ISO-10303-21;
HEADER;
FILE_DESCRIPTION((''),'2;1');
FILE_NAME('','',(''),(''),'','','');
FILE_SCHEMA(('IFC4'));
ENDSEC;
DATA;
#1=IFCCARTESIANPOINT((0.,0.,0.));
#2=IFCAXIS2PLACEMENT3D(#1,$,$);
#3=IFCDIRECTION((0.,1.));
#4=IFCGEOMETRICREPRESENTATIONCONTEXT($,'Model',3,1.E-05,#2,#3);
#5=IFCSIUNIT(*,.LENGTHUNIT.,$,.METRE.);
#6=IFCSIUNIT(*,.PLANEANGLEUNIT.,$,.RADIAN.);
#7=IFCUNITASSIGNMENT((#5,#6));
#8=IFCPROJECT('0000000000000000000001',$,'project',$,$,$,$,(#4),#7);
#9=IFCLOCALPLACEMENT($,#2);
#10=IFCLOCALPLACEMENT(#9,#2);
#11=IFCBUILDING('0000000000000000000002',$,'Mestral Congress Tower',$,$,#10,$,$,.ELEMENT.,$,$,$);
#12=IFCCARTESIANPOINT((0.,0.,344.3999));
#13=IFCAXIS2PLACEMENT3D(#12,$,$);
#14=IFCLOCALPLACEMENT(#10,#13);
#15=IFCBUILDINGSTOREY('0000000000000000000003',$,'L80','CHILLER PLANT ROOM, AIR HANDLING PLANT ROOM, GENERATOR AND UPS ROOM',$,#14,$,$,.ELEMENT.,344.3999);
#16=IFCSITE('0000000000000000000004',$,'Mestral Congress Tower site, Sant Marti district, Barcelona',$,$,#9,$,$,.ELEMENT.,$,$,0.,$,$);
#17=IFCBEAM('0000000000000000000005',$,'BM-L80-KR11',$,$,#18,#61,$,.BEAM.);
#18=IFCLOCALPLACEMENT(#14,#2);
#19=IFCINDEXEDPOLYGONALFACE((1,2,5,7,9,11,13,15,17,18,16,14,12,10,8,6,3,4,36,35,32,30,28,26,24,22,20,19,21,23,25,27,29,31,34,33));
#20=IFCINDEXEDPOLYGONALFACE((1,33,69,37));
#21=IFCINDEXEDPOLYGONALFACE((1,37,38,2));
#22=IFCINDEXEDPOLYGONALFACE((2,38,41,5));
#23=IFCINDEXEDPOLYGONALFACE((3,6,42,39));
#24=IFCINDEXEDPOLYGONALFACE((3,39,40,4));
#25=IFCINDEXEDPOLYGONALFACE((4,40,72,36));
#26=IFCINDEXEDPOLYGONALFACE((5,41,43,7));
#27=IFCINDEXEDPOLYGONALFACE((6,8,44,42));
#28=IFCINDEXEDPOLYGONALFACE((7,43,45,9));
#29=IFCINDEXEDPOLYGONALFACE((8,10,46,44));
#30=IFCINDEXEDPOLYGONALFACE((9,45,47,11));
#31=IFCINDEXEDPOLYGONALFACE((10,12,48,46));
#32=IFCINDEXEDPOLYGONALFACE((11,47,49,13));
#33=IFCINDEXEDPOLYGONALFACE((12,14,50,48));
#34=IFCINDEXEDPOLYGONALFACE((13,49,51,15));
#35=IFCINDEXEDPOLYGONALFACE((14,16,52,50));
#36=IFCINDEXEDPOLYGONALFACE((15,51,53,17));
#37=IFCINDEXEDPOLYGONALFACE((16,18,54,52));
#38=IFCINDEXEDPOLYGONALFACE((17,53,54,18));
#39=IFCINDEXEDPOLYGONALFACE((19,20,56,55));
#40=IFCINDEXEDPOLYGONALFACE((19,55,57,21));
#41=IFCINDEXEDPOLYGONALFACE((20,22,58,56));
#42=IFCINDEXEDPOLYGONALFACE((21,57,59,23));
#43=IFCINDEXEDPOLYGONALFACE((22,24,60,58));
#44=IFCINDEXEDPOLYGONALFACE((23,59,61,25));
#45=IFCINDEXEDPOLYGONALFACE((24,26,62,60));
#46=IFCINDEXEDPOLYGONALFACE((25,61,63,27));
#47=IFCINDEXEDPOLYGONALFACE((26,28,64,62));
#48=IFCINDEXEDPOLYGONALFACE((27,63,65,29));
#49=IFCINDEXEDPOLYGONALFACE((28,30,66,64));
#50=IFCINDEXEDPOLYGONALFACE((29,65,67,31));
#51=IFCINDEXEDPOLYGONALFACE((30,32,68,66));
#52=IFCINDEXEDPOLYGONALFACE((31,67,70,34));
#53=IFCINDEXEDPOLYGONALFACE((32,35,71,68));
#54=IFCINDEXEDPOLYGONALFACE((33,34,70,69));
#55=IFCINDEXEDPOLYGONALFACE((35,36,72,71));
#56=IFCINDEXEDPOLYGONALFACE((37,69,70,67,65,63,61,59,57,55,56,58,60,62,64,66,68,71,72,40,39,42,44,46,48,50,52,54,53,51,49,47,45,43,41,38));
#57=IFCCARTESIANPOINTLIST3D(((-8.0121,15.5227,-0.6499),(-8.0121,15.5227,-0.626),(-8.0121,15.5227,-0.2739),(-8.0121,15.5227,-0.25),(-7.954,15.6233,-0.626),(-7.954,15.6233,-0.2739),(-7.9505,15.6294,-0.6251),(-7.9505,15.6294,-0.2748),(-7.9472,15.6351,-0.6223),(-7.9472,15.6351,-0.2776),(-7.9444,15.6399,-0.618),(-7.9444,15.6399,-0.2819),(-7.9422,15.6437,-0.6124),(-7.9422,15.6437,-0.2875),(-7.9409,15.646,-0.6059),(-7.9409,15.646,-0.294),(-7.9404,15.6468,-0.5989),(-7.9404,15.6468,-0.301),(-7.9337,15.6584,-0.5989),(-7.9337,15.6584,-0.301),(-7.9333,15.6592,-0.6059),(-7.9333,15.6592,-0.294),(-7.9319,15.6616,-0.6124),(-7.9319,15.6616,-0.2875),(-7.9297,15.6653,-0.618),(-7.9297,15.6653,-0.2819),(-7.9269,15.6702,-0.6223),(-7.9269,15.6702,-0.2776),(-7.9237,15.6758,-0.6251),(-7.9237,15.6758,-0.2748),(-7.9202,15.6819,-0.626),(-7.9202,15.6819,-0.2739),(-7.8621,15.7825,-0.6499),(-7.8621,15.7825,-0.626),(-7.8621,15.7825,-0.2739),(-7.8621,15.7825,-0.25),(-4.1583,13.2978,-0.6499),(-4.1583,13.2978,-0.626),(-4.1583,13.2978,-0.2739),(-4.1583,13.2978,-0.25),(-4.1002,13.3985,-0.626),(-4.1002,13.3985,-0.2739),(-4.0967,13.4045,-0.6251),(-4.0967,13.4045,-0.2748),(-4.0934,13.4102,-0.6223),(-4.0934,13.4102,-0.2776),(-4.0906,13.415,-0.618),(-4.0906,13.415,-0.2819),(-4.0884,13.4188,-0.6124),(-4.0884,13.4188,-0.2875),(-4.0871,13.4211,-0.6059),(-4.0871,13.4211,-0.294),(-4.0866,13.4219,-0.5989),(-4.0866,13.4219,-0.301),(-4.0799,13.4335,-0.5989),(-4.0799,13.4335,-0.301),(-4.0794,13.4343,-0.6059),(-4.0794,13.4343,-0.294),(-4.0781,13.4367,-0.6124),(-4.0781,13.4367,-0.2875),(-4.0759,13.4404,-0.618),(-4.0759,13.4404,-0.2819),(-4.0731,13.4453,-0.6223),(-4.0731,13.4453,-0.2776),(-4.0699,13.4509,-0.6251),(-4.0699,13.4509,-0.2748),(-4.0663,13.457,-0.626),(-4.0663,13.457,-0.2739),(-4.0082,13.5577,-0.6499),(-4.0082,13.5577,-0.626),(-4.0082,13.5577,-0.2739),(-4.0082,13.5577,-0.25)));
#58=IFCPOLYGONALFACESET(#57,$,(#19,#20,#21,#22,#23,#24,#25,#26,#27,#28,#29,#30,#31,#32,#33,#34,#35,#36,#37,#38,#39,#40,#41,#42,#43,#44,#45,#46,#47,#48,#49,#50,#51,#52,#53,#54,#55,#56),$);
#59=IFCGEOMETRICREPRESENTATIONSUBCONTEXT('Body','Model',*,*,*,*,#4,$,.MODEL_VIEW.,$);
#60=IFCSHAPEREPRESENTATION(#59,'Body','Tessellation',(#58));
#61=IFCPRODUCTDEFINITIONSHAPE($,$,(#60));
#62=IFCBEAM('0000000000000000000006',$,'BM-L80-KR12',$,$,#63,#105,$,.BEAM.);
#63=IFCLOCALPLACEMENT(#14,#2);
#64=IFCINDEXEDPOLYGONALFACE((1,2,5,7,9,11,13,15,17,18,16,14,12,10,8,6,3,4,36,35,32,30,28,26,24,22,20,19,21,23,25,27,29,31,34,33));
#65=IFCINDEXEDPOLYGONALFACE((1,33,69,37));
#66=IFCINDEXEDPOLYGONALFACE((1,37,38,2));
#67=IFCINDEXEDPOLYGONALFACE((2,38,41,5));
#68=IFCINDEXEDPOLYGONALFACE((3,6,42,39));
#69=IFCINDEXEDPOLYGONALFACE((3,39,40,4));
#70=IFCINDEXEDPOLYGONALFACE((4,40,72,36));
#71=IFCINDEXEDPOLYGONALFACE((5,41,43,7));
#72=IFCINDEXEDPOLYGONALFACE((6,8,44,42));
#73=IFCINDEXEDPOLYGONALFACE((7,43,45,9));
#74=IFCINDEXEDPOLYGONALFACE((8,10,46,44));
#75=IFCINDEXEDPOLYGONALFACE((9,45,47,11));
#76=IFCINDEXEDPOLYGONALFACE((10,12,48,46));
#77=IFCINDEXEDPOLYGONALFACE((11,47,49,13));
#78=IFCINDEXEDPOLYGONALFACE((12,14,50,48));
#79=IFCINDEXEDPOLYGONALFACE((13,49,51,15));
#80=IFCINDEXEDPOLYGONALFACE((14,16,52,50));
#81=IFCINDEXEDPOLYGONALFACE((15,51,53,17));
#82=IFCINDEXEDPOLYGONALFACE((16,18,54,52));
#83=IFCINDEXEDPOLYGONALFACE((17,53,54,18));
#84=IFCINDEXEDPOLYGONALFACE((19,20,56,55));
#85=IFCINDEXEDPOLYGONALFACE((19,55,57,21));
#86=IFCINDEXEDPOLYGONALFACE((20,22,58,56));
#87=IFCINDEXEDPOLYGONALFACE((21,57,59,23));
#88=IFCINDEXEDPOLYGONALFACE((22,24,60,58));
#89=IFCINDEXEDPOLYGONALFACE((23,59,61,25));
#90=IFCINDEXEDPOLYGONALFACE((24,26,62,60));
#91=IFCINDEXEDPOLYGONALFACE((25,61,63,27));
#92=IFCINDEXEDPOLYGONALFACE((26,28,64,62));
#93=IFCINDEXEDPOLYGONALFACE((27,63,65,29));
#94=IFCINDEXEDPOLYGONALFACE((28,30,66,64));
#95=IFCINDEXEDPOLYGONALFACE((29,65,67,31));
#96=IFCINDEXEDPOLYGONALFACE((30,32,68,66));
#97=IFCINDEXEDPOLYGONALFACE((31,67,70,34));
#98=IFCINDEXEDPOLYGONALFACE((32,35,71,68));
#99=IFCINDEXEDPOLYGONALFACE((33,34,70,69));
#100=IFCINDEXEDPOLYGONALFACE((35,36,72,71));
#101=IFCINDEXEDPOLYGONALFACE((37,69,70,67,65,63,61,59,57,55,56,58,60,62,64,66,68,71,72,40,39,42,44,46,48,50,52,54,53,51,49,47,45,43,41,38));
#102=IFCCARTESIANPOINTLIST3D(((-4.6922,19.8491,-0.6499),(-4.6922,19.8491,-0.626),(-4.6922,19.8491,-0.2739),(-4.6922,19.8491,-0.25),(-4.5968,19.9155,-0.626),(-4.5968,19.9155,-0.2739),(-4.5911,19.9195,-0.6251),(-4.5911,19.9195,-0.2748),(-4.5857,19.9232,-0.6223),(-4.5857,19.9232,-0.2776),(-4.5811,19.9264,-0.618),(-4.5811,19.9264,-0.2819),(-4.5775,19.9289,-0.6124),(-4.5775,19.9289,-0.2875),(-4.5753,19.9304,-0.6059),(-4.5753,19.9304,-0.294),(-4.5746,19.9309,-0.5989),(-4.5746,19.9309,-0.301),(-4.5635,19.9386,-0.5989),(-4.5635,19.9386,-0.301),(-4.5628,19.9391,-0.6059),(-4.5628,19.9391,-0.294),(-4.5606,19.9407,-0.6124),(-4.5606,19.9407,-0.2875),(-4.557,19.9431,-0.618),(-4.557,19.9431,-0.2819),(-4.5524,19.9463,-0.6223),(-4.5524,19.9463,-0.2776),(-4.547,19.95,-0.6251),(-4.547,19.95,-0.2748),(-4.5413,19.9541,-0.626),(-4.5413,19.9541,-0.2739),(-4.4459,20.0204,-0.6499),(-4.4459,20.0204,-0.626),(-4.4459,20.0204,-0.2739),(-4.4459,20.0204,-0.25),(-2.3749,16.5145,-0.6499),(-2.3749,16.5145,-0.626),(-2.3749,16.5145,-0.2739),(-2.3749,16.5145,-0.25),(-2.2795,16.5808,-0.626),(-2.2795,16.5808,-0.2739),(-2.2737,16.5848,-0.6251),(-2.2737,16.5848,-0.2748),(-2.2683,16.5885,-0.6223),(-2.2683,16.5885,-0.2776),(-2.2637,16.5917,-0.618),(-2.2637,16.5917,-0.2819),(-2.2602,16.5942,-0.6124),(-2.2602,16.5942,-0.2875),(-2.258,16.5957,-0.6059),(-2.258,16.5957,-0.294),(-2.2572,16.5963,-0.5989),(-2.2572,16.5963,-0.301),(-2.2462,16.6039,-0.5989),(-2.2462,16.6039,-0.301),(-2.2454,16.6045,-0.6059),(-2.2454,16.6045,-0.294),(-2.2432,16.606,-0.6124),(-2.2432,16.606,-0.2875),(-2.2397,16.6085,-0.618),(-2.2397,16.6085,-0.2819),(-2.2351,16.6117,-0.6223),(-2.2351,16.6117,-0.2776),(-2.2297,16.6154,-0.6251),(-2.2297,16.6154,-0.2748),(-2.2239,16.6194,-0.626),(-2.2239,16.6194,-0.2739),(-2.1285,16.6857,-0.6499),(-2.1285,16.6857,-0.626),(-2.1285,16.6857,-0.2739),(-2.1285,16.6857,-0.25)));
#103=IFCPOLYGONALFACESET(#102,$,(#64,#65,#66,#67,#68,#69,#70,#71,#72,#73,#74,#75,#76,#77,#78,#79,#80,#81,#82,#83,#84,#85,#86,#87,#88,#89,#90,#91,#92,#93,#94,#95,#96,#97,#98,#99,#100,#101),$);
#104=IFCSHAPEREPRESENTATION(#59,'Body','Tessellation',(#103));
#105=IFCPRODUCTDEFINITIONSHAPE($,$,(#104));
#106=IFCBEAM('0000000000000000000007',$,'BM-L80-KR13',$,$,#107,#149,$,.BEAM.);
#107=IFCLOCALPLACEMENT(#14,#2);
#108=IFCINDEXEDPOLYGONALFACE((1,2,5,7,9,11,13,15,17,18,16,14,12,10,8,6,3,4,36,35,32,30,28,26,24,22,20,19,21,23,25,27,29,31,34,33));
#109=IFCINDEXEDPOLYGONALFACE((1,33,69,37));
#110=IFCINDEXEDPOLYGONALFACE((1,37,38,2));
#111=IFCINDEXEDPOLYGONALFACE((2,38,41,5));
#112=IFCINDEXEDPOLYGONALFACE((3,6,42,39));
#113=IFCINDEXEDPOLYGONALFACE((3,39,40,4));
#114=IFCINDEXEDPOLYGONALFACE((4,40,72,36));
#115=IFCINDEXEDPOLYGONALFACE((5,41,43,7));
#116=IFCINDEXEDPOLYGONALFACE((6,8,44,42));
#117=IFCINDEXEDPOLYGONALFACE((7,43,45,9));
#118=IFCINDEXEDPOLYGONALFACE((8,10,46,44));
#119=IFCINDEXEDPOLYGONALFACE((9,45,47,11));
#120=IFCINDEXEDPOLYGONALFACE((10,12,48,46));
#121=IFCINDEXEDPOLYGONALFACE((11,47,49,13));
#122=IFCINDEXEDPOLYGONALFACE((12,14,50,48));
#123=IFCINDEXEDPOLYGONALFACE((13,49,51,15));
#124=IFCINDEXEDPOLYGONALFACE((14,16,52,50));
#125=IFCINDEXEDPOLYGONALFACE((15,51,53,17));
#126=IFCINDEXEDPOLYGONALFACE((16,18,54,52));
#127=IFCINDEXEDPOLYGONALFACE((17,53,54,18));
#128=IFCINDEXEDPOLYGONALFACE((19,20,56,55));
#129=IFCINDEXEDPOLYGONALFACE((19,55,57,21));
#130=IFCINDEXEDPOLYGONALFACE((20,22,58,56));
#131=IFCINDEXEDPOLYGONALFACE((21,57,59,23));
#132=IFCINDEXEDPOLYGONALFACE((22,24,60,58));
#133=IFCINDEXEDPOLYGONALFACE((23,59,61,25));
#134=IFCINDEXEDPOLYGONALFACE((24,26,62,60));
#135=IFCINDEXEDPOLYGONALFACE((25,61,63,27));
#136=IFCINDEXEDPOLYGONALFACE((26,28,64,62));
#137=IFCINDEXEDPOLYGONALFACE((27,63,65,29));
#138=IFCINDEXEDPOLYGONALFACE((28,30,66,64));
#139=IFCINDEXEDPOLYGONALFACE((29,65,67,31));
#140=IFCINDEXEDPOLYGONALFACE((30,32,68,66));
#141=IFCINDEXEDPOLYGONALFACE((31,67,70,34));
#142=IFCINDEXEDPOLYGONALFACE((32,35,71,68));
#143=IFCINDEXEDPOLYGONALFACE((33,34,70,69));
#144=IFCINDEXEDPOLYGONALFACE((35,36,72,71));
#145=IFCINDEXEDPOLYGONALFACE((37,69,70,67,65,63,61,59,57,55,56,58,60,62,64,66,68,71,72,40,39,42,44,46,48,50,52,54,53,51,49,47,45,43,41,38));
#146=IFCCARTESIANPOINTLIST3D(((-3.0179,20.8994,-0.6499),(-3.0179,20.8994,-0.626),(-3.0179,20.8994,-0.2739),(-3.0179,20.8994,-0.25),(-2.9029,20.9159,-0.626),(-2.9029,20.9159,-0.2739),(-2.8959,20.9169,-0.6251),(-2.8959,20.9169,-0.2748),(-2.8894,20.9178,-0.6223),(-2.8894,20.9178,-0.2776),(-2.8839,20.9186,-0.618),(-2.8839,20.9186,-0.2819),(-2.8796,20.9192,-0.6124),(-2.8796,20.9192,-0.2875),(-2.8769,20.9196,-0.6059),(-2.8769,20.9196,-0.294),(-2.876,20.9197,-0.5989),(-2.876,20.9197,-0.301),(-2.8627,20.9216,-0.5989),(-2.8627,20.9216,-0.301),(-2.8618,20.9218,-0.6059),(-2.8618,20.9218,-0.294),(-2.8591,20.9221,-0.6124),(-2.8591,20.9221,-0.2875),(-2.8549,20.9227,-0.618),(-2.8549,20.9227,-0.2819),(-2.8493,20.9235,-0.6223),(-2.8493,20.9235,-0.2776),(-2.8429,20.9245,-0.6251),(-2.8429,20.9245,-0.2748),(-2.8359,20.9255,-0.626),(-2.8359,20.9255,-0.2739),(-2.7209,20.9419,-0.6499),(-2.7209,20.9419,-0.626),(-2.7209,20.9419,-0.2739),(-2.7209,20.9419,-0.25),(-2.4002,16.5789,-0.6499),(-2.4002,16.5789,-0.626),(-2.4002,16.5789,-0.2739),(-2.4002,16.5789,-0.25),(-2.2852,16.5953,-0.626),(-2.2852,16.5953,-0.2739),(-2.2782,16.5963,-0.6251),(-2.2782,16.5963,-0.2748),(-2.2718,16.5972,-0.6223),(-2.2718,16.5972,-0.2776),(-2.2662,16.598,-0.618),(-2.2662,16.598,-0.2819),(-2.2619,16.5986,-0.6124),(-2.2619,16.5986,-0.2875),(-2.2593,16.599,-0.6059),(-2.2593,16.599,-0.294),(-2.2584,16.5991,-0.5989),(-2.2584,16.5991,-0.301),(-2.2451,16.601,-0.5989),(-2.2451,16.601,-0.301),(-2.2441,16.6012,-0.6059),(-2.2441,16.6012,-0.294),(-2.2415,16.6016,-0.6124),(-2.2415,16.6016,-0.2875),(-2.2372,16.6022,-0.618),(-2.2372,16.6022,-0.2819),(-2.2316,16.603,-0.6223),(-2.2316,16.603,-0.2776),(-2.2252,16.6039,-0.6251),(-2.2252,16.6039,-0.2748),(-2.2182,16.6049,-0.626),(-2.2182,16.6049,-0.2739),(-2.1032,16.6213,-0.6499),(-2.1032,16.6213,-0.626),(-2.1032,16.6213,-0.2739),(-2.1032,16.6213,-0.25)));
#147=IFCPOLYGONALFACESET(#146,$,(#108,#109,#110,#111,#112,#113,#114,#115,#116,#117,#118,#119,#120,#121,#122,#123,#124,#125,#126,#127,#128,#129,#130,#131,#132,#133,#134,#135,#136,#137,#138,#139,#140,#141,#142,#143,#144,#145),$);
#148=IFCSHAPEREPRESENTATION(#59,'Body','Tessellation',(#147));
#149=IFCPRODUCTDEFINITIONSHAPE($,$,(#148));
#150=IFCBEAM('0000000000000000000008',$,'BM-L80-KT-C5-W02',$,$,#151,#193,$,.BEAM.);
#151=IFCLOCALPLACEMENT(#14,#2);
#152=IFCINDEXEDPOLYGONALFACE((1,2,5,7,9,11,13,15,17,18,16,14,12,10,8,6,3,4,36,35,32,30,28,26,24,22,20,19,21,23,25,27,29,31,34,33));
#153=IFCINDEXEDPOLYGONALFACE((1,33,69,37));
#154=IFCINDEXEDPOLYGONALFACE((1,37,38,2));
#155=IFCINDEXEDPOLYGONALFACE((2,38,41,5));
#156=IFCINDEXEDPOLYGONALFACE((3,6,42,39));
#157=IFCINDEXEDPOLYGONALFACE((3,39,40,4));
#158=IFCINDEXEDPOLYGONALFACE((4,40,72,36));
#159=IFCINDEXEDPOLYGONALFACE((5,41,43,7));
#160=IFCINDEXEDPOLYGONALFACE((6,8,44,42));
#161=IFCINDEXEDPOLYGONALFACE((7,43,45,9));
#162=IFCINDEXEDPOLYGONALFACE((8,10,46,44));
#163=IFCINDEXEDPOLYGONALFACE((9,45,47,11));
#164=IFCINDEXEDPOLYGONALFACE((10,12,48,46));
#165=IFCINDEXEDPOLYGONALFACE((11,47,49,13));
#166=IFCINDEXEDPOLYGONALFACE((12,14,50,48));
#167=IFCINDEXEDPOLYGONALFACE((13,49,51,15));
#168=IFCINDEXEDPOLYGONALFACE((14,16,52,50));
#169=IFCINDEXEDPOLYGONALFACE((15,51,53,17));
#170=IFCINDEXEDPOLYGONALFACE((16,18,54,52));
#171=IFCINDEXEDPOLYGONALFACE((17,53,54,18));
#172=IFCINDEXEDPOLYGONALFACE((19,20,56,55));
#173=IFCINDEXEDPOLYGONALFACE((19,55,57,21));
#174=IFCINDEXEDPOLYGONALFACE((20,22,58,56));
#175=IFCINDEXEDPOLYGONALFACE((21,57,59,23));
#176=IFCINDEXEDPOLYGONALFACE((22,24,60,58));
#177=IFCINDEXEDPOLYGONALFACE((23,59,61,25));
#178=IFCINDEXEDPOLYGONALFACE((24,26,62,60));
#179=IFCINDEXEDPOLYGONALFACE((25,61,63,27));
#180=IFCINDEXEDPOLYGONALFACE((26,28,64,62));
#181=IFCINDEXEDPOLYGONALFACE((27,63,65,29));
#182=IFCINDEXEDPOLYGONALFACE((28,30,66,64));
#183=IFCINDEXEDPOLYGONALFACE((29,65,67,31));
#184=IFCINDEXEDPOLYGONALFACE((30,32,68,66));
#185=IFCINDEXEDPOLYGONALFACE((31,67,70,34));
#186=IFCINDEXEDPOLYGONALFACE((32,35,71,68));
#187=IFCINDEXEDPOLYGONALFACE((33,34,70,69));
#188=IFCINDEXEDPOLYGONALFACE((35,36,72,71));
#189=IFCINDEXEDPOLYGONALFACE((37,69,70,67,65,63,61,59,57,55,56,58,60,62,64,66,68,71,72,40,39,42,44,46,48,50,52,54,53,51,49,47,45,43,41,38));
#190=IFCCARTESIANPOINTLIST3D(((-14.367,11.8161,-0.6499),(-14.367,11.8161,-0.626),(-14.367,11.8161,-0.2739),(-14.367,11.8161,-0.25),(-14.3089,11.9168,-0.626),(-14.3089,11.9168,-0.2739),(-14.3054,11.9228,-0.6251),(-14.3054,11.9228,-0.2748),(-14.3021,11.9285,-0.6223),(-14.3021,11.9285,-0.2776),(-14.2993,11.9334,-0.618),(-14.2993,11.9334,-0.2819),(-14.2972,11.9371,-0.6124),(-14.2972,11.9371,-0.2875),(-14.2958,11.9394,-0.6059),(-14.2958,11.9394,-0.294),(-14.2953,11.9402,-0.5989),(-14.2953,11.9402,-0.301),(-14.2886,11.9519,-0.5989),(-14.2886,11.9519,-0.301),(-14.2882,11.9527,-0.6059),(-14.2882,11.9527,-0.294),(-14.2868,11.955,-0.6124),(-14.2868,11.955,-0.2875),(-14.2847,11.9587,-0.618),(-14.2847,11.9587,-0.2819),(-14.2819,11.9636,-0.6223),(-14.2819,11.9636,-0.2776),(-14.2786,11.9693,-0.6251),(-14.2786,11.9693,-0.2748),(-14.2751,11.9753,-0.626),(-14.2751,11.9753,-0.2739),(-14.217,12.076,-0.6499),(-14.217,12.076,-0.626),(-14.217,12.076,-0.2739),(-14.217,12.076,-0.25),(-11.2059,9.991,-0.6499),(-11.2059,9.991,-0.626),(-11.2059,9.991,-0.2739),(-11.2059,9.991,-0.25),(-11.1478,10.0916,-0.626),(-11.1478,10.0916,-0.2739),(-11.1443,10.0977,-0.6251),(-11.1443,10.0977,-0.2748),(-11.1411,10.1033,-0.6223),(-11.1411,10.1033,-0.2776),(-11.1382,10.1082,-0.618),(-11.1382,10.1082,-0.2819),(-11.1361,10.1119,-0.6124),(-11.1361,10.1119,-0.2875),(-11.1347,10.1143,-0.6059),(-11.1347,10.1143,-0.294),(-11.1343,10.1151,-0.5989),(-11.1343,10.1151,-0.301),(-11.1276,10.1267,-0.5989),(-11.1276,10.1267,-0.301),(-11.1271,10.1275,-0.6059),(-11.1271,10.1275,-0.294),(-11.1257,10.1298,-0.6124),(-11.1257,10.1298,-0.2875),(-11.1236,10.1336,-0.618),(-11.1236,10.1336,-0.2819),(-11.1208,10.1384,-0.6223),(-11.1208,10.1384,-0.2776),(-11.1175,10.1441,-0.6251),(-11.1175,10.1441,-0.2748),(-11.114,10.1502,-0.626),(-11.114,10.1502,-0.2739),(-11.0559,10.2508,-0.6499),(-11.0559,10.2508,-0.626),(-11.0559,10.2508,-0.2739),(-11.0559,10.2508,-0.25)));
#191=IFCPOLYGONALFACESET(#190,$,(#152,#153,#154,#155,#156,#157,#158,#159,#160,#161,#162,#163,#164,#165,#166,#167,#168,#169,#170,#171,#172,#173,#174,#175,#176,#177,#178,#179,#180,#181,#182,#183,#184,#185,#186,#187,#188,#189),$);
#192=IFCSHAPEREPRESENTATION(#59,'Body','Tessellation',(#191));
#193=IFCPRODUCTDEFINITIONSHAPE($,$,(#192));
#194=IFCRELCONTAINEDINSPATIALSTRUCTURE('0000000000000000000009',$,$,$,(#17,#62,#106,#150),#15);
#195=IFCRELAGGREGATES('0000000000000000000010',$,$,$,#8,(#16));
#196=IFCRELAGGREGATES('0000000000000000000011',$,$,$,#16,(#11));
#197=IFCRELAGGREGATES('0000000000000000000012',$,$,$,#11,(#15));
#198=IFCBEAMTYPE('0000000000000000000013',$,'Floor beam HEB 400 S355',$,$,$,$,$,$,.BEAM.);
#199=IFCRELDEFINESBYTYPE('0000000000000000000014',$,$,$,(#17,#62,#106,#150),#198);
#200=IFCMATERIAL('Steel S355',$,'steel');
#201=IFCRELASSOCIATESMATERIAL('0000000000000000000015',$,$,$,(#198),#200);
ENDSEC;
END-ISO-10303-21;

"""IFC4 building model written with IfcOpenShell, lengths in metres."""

from ifc_helpers import new_model, si_unit, direction, frame, origin, origin_2d, place, context, subcontext, project, spatial, i_section, extrude, material, material_profile, profile_set, type_object, element, save


model = new_model("IFC4")

# Units and contexts
model_context = context("Model", 3, precision=1e-05, world=origin(), true_north=direction((0.0, 1.0)))
body_context = subcontext(model_context, "Body", "Model", "MODEL_VIEW")
ifc_project = project(units=[si_unit("LENGTHUNIT", "METRE"), si_unit("PLANEANGLEUNIT", "RADIAN")], contexts=[model_context])

# Site, building, storey
site_placement = place(None, origin())
site = spatial("IfcSite", under=ifc_project, at=site_placement, Name="Mestral Congress Tower site, Sant Marti district, Barcelona", CompositionType="ELEMENT", RefElevation=0.0)
building_placement = place(site_placement, origin())
building = spatial("IfcBuilding", under=site, at=building_placement, Name="Mestral Congress Tower", CompositionType="ELEMENT")
storey_placement = place(building_placement, frame((0.0, 0.0, 344.3999)))
storey = spatial("IfcBuildingStorey", under=building, at=storey_placement, Name="L80", Description="CHILLER PLANT ROOM, AIR HANDLING PLANT ROOM, GENERATOR AND UPS ROOM", CompositionType="ELEMENT", Elevation=344.3999)

# Shared definitions
ifc_material_1 = material(Name="Steel S355", Category="steel")

# Beams
ifc_material_profile_1 = material_profile(ifc_material_1, i_section(OverallWidth=0.3, OverallDepth=0.3999, WebThickness=0.0134, FlangeThickness=0.0239, FilletRadius=0.0271, at=origin_2d()), Name="HEB 400")
ifc_profile_set_1 = profile_set([ifc_material_profile_1], Name="Steel S355")
beam_type_1 = type_object("IfcBeamType", Name="Floor beam HEB 400 S355", PredefinedType="BEAM", material=ifc_profile_set_1)
beam_1_placement = place(storey_placement, frame((-4.0833, 13.4277, -0.45), z_axis=(-0.866037, 0.49998, 0.0), x_axis=(-0.49998, -0.866037, 0.0)))
element("IfcBeam", 1, at=beam_1_placement, inside=storey, type_object=beam_type_1, Name="BM-L80-KR11", PredefinedType="BEAM", context=body_context, shape_type="SweptSolid", body=[
    extrude(i_section(OverallWidth=0.3, OverallDepth=0.3999, WebThickness=0.0134, FlangeThickness=0.0239, FilletRadius=0.0271, at=origin_2d()), origin(), (0.0, 0.0, 1.0), 4.45),
])
beam_2_placement = place(storey_placement, frame((-2.2517, 16.6001, -0.45), z_axis=(-0.570663, 0.821184, 0.0), x_axis=(-0.821184, -0.570663, 0.0)))
element("IfcBeam", 2, at=beam_2_placement, inside=storey, type_object=beam_type_1, Name="BM-L80-KR12", PredefinedType="BEAM", context=body_context, shape_type="SweptSolid", body=[
    extrude(i_section(OverallWidth=0.3, OverallDepth=0.3999, WebThickness=0.0134, FlangeThickness=0.0239, FilletRadius=0.0271, at=origin_2d()), origin(), (0.0, 0.0, 1.0), 4.0608),
])
beam_3_placement = place(storey_placement, frame((-2.2517, 16.6001, -0.45), z_axis=(-0.141523, 0.989935, 0.0), x_axis=(-0.989935, -0.141523, 0.0)))
element("IfcBeam", 3, at=beam_3_placement, inside=storey, type_object=beam_type_1, Name="BM-L80-KR13", PredefinedType="BEAM", context=body_context, shape_type="SweptSolid", body=[
    extrude(i_section(OverallWidth=0.3, OverallDepth=0.3999, WebThickness=0.0134, FlangeThickness=0.0239, FilletRadius=0.0271, at=origin_2d()), origin(), (0.0, 0.0, 1.0), 4.3645),
])
beam_4_placement = place(storey_placement, frame((-14.292, 11.946, -0.45), z_axis=(0.866012, -0.500024, 0.0), x_axis=(0.500024, 0.866012, 0.0)))
element("IfcBeam", 4, at=beam_4_placement, inside=storey, type_object=beam_type_1, Name="BM-L80-KT-C5-W02", PredefinedType="BEAM", context=body_context, shape_type="SweptSolid", body=[
    extrude(i_section(OverallWidth=0.3, OverallDepth=0.3999, WebThickness=0.0134, FlangeThickness=0.0239, FilletRadius=0.0271, at=origin_2d()), origin(), (0.0, 0.0, 1.0), 3.6501),
])

save(model, "model.ifc")
